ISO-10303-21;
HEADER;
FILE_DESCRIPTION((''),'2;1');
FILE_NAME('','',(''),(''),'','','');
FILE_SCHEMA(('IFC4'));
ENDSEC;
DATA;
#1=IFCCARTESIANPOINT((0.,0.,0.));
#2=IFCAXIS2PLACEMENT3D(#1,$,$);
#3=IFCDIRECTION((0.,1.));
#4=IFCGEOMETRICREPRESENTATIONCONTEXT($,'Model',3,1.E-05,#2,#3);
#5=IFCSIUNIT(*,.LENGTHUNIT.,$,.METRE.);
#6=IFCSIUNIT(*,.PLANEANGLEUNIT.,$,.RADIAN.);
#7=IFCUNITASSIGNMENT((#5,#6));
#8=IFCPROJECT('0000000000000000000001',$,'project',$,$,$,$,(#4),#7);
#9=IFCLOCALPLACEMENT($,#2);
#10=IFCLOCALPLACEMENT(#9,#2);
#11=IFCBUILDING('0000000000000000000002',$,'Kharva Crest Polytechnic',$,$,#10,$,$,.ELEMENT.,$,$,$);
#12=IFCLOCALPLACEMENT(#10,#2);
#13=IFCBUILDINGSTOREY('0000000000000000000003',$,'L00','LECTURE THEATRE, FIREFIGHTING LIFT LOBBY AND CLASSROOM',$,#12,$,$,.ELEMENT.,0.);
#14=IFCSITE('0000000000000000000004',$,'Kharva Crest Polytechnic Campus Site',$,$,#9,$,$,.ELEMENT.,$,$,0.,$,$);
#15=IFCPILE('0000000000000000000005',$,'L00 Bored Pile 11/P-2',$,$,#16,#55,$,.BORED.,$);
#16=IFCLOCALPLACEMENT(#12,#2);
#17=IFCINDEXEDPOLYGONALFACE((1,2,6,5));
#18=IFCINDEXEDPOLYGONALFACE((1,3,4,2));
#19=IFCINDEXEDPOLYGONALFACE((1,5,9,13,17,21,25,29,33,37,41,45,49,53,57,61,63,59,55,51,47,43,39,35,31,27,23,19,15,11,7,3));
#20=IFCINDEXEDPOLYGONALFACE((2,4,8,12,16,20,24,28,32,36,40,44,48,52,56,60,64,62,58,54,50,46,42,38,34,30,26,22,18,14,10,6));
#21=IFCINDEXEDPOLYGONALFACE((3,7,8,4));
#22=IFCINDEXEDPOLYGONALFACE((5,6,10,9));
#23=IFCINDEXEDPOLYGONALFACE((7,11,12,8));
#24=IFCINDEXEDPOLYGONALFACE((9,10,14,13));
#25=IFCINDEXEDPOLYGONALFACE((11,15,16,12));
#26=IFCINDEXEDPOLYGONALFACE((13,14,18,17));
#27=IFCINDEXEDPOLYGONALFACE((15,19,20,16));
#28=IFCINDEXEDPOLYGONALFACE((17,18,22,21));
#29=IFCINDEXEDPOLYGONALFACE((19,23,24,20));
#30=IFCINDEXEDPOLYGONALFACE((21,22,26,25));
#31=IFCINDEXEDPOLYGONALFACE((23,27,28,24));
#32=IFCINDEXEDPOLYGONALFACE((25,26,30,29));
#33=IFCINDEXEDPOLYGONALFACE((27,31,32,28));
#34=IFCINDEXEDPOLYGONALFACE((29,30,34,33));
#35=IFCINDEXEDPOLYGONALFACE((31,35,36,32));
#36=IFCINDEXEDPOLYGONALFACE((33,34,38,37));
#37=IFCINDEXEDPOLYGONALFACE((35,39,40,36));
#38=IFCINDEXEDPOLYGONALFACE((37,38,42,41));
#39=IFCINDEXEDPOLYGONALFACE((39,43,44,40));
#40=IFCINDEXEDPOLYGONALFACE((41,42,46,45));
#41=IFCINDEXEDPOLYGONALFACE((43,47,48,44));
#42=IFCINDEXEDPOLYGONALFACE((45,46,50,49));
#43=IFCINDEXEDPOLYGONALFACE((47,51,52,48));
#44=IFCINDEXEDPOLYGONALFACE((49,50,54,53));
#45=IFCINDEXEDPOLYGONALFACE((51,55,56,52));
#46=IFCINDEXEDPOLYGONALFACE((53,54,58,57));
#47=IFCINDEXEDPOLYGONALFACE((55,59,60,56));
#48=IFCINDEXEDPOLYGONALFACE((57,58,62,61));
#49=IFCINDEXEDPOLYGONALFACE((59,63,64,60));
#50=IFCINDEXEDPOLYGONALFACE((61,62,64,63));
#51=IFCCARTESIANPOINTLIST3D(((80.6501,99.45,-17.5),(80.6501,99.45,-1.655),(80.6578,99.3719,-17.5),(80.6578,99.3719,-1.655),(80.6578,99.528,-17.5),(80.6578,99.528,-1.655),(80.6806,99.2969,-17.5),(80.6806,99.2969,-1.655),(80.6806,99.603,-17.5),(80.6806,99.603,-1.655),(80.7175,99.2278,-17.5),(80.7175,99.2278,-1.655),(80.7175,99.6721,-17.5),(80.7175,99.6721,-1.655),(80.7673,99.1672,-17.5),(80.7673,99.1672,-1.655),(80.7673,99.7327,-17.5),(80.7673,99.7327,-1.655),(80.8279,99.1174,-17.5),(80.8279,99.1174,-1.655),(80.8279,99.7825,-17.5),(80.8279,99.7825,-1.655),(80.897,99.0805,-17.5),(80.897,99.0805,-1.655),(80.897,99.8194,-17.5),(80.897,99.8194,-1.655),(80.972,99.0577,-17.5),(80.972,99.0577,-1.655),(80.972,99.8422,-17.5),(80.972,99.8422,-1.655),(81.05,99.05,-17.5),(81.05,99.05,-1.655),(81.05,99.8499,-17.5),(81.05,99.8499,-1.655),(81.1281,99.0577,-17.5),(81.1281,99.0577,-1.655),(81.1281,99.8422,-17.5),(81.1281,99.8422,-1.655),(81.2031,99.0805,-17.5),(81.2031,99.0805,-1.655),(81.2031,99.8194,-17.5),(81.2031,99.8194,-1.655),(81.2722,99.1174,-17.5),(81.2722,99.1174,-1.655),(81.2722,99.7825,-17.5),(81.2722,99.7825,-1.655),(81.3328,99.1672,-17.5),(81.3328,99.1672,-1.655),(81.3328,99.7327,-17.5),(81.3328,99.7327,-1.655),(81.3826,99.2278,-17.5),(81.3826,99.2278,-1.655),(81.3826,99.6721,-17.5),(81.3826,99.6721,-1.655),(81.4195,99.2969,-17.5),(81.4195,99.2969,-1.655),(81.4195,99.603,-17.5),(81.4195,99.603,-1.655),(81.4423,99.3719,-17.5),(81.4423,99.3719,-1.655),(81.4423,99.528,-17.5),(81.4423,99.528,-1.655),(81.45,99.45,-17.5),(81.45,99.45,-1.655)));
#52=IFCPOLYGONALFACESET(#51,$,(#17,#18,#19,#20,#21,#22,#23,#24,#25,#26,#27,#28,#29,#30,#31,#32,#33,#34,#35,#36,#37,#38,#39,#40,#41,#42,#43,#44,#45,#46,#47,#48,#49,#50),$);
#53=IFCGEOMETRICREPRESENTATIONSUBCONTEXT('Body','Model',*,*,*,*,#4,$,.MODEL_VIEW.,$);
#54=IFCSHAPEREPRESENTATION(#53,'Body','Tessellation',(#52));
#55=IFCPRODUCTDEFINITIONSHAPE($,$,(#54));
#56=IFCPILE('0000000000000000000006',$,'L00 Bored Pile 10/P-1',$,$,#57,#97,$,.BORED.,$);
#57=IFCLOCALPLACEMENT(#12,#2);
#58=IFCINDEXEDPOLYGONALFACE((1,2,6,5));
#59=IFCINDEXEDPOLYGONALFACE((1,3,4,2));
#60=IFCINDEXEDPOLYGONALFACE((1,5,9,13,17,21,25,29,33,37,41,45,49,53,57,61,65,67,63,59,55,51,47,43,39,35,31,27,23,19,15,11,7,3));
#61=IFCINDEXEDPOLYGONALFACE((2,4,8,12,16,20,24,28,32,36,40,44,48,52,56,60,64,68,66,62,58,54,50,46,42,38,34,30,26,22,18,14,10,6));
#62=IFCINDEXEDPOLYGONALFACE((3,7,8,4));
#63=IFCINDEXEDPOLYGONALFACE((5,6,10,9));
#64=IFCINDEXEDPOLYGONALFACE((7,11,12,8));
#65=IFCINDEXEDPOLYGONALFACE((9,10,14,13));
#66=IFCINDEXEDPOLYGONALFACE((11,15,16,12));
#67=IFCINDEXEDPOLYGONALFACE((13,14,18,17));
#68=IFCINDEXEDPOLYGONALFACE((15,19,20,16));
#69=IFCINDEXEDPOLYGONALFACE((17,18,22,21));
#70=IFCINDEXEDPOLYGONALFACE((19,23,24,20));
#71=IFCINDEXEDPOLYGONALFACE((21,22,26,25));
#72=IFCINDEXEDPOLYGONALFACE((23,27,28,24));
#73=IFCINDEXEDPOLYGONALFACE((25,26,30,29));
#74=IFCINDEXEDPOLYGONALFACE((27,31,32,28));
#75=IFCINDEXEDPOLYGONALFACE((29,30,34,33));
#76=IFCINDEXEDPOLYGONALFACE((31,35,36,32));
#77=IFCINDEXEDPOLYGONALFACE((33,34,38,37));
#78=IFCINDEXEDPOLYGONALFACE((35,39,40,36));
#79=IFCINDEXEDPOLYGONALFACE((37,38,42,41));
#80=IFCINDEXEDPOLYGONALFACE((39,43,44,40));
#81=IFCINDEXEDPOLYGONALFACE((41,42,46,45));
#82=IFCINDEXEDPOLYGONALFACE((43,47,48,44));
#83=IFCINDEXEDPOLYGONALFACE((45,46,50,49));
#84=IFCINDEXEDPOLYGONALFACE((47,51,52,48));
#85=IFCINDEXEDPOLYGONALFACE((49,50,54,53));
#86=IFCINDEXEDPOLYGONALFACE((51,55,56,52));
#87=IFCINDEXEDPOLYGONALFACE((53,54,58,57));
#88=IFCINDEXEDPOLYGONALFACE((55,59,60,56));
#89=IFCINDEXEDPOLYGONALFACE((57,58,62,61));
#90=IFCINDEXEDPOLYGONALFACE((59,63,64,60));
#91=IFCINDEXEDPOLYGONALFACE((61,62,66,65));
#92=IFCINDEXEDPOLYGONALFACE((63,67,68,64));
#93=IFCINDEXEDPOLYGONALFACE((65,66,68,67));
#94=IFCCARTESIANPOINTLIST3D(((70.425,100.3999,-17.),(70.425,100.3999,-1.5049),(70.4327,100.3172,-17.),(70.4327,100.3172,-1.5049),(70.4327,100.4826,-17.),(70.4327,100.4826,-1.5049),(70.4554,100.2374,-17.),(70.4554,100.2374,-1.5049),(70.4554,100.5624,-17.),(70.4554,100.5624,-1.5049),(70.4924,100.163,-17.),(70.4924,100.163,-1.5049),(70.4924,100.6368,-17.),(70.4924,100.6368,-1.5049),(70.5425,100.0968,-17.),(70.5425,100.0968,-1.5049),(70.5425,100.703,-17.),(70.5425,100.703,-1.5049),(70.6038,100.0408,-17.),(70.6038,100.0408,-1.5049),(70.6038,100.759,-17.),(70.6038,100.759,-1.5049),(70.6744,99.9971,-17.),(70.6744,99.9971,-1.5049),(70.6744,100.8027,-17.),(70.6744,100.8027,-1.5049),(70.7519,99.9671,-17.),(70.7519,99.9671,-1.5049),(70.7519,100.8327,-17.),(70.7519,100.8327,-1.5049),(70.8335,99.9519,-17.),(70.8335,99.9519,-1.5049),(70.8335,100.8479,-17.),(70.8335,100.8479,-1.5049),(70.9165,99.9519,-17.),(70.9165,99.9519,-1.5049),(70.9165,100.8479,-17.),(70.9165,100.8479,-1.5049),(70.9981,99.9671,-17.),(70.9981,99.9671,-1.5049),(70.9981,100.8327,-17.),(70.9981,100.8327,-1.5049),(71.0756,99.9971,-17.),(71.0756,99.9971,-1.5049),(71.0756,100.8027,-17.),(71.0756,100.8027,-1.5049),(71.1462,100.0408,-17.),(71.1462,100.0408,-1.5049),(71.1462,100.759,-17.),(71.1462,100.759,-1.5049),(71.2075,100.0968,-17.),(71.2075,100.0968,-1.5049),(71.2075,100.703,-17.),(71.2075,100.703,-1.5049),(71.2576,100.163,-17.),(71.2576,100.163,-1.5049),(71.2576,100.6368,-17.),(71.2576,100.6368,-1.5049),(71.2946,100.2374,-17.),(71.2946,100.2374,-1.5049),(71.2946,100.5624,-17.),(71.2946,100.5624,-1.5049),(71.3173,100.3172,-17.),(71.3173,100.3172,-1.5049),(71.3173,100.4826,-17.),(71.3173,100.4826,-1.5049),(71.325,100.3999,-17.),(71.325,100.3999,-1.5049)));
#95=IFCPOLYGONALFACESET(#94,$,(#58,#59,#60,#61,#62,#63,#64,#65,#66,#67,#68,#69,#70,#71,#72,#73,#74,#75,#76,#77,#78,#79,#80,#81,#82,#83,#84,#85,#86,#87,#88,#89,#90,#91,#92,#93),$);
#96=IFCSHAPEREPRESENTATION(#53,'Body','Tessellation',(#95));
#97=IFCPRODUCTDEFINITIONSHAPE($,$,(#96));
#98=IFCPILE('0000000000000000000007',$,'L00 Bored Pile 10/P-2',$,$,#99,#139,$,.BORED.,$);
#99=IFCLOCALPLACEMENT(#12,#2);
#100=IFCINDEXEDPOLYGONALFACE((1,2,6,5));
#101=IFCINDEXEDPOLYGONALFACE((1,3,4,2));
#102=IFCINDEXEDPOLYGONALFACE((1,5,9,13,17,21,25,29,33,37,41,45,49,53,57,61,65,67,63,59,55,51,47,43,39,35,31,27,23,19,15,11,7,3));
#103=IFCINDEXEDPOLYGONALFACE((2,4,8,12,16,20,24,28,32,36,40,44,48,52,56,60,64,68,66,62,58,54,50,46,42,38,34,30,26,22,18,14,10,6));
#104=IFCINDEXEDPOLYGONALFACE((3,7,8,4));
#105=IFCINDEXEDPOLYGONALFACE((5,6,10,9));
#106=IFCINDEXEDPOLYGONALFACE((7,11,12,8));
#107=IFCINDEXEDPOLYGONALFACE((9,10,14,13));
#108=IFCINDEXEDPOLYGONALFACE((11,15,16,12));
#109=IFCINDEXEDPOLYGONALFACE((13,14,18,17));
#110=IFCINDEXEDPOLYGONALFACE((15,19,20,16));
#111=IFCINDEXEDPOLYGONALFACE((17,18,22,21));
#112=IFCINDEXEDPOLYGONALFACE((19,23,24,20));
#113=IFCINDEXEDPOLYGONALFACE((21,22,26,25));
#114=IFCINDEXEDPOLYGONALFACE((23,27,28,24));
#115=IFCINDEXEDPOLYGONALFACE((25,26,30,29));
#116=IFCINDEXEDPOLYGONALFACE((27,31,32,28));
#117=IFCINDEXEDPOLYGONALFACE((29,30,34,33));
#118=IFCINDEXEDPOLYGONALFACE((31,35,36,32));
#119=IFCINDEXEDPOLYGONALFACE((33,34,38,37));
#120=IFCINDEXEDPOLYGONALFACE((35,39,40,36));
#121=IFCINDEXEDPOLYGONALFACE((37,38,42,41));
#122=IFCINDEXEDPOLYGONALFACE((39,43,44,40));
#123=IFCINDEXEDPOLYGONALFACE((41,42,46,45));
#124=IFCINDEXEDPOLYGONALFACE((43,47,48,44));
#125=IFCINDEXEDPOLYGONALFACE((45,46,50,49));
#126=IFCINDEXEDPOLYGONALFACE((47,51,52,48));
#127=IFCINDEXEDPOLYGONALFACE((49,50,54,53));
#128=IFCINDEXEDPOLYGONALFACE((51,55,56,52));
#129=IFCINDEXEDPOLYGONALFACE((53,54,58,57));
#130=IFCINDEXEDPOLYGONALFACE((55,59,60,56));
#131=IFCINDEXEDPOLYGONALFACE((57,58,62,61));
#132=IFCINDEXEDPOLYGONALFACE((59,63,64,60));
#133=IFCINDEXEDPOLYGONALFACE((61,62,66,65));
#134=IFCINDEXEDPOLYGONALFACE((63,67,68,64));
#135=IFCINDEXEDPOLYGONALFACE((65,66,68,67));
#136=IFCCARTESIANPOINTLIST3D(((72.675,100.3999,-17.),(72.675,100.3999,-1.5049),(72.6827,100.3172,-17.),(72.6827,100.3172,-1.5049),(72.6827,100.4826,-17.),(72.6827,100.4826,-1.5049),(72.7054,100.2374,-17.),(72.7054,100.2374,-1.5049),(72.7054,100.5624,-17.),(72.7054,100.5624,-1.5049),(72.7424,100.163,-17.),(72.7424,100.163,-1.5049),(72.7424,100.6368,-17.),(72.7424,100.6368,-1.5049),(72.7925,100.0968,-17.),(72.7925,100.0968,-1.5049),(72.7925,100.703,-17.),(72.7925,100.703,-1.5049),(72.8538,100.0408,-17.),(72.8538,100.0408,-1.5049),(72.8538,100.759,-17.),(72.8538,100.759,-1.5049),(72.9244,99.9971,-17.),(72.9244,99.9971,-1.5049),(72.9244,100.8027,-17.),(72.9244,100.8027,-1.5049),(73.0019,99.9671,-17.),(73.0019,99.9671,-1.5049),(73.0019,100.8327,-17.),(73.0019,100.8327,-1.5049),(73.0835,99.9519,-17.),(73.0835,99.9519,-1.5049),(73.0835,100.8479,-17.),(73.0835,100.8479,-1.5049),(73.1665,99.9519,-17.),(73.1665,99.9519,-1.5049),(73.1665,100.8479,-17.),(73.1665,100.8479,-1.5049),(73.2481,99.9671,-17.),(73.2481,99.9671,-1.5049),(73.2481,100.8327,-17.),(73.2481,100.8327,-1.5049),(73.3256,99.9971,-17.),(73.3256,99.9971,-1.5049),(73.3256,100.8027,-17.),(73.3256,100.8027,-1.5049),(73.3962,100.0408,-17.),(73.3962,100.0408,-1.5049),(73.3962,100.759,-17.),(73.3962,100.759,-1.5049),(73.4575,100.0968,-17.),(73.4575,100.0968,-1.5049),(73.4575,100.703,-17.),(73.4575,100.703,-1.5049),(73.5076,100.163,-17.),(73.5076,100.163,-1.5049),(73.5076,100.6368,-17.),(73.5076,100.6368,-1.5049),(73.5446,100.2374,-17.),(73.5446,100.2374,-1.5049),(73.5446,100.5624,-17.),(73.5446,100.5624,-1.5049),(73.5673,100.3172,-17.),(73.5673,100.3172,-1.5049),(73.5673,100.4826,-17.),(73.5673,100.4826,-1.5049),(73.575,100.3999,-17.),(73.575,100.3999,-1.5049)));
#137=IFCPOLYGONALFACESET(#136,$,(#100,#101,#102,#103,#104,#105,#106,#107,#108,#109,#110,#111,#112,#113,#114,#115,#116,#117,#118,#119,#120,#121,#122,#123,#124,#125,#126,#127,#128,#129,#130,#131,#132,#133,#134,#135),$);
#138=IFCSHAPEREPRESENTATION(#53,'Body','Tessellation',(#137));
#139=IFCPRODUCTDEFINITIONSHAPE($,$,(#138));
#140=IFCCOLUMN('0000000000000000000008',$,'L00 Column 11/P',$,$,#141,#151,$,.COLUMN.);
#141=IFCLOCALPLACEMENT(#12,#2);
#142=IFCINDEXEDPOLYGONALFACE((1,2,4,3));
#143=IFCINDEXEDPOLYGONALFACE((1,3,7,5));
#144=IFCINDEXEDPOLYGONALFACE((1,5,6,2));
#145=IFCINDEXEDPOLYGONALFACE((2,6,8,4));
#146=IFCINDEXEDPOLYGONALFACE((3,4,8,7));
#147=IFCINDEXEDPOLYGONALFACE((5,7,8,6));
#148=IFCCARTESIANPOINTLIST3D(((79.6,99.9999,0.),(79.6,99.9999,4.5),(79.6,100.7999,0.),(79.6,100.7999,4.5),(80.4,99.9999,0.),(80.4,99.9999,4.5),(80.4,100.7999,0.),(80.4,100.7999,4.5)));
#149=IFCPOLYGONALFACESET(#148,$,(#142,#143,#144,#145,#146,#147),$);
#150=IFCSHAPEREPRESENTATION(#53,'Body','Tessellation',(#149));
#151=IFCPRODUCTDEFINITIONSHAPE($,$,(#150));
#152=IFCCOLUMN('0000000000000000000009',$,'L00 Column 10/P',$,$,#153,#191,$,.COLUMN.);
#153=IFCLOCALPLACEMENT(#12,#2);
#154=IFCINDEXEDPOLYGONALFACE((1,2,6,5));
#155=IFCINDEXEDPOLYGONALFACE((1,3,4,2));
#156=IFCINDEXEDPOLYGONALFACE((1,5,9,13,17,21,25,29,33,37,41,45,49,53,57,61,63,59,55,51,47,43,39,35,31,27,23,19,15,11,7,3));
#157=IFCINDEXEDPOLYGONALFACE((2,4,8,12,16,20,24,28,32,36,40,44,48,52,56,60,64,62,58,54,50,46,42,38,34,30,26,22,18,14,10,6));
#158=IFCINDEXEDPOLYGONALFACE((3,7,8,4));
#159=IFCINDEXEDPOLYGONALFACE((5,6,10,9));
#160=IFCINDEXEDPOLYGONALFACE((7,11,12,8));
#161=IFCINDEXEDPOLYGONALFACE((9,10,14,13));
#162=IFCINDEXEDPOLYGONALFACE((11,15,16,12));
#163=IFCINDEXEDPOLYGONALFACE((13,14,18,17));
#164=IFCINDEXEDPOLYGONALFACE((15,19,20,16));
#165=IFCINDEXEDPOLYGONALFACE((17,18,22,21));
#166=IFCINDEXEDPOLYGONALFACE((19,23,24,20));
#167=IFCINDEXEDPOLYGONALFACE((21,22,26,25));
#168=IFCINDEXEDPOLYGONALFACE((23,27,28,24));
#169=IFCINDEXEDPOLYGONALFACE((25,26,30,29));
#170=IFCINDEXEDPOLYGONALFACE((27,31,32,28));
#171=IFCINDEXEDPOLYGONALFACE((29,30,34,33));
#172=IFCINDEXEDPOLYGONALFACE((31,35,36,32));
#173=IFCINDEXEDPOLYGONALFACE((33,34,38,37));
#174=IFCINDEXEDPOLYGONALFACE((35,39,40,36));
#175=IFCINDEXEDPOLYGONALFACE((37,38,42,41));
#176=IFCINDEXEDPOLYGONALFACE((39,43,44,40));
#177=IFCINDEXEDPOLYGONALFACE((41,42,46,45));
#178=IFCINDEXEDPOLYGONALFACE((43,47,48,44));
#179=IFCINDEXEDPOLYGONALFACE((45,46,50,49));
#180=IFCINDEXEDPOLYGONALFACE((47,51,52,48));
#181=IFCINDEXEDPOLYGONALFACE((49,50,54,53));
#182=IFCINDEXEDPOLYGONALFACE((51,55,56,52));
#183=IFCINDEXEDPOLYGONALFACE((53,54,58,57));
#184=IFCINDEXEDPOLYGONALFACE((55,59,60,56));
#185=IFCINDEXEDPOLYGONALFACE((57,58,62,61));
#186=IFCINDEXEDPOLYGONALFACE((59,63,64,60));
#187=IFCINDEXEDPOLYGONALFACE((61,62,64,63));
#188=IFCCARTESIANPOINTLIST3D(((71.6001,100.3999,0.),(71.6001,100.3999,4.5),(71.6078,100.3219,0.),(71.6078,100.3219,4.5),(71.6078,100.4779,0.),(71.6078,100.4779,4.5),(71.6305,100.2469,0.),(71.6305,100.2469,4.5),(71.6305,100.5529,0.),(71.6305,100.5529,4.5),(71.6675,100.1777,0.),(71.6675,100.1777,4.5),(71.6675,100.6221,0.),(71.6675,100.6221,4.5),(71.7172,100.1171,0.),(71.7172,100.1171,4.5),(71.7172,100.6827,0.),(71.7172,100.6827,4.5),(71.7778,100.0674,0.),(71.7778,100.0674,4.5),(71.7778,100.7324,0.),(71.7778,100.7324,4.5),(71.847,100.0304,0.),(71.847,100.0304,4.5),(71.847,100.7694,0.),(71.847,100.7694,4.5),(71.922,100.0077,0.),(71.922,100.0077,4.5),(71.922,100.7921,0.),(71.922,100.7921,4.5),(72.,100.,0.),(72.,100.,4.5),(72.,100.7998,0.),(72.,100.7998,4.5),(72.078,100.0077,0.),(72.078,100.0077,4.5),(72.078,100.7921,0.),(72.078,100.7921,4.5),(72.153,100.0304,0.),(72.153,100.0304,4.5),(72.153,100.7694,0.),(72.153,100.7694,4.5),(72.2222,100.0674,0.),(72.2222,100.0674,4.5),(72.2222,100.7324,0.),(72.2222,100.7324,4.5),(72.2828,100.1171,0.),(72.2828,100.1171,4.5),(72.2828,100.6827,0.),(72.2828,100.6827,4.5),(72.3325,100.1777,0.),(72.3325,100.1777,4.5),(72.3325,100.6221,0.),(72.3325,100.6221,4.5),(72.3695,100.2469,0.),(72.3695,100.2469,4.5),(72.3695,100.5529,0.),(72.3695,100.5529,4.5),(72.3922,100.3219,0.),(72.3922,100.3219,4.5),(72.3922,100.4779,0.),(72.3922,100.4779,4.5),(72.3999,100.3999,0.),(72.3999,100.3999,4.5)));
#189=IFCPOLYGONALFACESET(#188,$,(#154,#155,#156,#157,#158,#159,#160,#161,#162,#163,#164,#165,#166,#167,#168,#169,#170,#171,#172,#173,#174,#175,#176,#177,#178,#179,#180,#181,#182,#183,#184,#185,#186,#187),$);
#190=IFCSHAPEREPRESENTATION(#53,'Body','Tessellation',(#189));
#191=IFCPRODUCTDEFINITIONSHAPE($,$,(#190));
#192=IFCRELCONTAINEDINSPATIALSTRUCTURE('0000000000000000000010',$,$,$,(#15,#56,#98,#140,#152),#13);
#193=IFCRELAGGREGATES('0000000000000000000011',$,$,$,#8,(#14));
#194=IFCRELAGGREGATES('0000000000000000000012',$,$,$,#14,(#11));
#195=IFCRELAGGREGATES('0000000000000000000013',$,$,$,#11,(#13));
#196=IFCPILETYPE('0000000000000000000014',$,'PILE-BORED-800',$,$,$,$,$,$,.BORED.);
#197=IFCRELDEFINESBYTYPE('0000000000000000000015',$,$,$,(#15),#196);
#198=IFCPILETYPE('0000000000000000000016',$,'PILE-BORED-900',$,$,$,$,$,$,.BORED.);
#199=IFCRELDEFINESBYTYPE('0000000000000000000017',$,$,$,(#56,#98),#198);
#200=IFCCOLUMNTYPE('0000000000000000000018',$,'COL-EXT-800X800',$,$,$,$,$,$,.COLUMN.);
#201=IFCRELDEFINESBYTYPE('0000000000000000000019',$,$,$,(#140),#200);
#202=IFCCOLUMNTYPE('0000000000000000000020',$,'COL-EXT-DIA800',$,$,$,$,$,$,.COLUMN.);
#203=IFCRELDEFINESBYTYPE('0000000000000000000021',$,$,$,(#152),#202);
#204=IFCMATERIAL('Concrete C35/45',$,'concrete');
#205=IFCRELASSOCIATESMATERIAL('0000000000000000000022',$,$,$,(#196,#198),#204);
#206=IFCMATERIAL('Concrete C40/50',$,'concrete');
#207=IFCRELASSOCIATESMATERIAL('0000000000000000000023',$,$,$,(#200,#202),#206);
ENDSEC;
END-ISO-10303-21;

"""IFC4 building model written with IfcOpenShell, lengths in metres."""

from ifc_helpers import new_model, si_unit, direction, frame, origin, origin_2d, place, context, subcontext, project, spatial, rectangle, circle, extrude, material, material_profile, profile_set, type_object, element, save


model = new_model("IFC4")

# Units and contexts
model_context = context("Model", 3, precision=1e-05, world=origin(), true_north=direction((0.0, 1.0)))
body_context = subcontext(model_context, "Body", "Model", "MODEL_VIEW")
ifc_project = project(units=[si_unit("LENGTHUNIT", "METRE"), si_unit("PLANEANGLEUNIT", "RADIAN")], contexts=[model_context])

# Site, building, storey
site_placement = place(None, origin())
site = spatial("IfcSite", under=ifc_project, at=site_placement, Name="Kharva Crest Polytechnic Campus Site", CompositionType="ELEMENT", RefElevation=0.0)
building_placement = place(site_placement, origin())
building = spatial("IfcBuilding", under=site, at=building_placement, Name="Kharva Crest Polytechnic", CompositionType="ELEMENT")
storey_placement = place(building_placement, origin())
storey = spatial("IfcBuildingStorey", under=building, at=storey_placement, Name="L00", Description="LECTURE THEATRE, FIREFIGHTING LIFT LOBBY AND CLASSROOM", CompositionType="ELEMENT", Elevation=0.0)

# Shared definitions
ifc_material_1 = material(Name="Concrete C35/45", Category="concrete")

# Piles
ifc_material_profile_1 = material_profile(ifc_material_1, circle(Radius=0.3999, at=origin_2d()), Name="DIA 800")
ifc_profile_set_1 = profile_set([ifc_material_profile_1], Name="Concrete C35/45")
pile_type_1 = type_object("IfcPileType", Name="PILE-BORED-800", PredefinedType="BORED", material=ifc_profile_set_1)
for number, where, z_axis, x_axis, name in (
    (1, (81.05, 99.45, -1.655), (0.0, 0.0, -1.0), (1.0, 0.0, 0.0), "L00 Bored Pile 11/P-2"),
):
    element("IfcPile", number, at=place(storey_placement, frame(where, z_axis=z_axis, x_axis=x_axis)), inside=storey, type_object=pile_type_1, Name=name, PredefinedType="BORED", context=body_context, shape_type="SweptSolid", body=[
        extrude(circle(Radius=0.3999, at=origin_2d()), origin(), (0.0, 0.0, 1.0), 15.845),
    ])
ifc_material_profile_2 = material_profile(ifc_material_1, circle(Radius=0.45, at=origin_2d()), Name="DIA 900")
ifc_profile_set_2 = profile_set([ifc_material_profile_2], Name="Concrete C35/45")
pile_type_2 = type_object("IfcPileType", Name="PILE-BORED-900", PredefinedType="BORED", material=ifc_profile_set_2)
for number, where, z_axis, x_axis, name in (
    (2, (70.875, 100.3999, -1.5049), (0.0, 0.0, -1.0), (1.0, 0.0, 0.0), "L00 Bored Pile 10/P-1"),
    (3, (73.125, 100.3999, -1.5049), (0.0, 0.0, -1.0), (1.0, 0.0, 0.0), "L00 Bored Pile 10/P-2"),
):
    element("IfcPile", number, at=place(storey_placement, frame(where, z_axis=z_axis, x_axis=x_axis)), inside=storey, type_object=pile_type_2, Name=name, PredefinedType="BORED", context=body_context, shape_type="SweptSolid", body=[
        extrude(circle(Radius=0.45, at=origin_2d()), origin(), (0.0, 0.0, 1.0), 15.4951),
    ])

# Columns
ifc_material_2 = material(Name="Concrete C40/50", Category="concrete")
ifc_material_profile_3 = material_profile(ifc_material_2, rectangle(XDim=0.8, YDim=0.8, at=origin_2d()), Name="RECT 800 X 800")
ifc_profile_set_3 = profile_set([ifc_material_profile_3], Name="Concrete C40/50")
column_type_1 = type_object("IfcColumnType", Name="COL-EXT-800X800", PredefinedType="COLUMN", material=ifc_profile_set_3)
column_1_placement = place(storey_placement, frame((80.0, 100.3999, 0.0), z_axis=(0.0, 0.0, 1.0), x_axis=(1.0, 0.0, 0.0)))
element("IfcColumn", 4, at=column_1_placement, inside=storey, type_object=column_type_1, Name="L00 Column 11/P", PredefinedType="COLUMN", context=body_context, shape_type="SweptSolid", body=[
    extrude(rectangle(XDim=0.8, YDim=0.8, at=origin_2d()), origin(), (0.0, 0.0, 1.0), 4.5),
])
ifc_material_profile_4 = material_profile(ifc_material_2, circle(Radius=0.3999, at=origin_2d()), Name="DIA 800")
ifc_profile_set_4 = profile_set([ifc_material_profile_4], Name="Concrete C40/50")
column_type_2 = type_object("IfcColumnType", Name="COL-EXT-DIA800", PredefinedType="COLUMN", material=ifc_profile_set_4)
column_2_placement = place(storey_placement, frame((72.0, 100.3999, 0.0), z_axis=(0.0, 0.0, 1.0), x_axis=(1.0, 0.0, 0.0)))
element("IfcColumn", 5, at=column_2_placement, inside=storey, type_object=column_type_2, Name="L00 Column 10/P", PredefinedType="COLUMN", context=body_context, shape_type="SweptSolid", body=[
    extrude(circle(Radius=0.3999, at=origin_2d()), origin(), (0.0, 0.0, 1.0), 4.5),
])

save(model, "model.ifc")
